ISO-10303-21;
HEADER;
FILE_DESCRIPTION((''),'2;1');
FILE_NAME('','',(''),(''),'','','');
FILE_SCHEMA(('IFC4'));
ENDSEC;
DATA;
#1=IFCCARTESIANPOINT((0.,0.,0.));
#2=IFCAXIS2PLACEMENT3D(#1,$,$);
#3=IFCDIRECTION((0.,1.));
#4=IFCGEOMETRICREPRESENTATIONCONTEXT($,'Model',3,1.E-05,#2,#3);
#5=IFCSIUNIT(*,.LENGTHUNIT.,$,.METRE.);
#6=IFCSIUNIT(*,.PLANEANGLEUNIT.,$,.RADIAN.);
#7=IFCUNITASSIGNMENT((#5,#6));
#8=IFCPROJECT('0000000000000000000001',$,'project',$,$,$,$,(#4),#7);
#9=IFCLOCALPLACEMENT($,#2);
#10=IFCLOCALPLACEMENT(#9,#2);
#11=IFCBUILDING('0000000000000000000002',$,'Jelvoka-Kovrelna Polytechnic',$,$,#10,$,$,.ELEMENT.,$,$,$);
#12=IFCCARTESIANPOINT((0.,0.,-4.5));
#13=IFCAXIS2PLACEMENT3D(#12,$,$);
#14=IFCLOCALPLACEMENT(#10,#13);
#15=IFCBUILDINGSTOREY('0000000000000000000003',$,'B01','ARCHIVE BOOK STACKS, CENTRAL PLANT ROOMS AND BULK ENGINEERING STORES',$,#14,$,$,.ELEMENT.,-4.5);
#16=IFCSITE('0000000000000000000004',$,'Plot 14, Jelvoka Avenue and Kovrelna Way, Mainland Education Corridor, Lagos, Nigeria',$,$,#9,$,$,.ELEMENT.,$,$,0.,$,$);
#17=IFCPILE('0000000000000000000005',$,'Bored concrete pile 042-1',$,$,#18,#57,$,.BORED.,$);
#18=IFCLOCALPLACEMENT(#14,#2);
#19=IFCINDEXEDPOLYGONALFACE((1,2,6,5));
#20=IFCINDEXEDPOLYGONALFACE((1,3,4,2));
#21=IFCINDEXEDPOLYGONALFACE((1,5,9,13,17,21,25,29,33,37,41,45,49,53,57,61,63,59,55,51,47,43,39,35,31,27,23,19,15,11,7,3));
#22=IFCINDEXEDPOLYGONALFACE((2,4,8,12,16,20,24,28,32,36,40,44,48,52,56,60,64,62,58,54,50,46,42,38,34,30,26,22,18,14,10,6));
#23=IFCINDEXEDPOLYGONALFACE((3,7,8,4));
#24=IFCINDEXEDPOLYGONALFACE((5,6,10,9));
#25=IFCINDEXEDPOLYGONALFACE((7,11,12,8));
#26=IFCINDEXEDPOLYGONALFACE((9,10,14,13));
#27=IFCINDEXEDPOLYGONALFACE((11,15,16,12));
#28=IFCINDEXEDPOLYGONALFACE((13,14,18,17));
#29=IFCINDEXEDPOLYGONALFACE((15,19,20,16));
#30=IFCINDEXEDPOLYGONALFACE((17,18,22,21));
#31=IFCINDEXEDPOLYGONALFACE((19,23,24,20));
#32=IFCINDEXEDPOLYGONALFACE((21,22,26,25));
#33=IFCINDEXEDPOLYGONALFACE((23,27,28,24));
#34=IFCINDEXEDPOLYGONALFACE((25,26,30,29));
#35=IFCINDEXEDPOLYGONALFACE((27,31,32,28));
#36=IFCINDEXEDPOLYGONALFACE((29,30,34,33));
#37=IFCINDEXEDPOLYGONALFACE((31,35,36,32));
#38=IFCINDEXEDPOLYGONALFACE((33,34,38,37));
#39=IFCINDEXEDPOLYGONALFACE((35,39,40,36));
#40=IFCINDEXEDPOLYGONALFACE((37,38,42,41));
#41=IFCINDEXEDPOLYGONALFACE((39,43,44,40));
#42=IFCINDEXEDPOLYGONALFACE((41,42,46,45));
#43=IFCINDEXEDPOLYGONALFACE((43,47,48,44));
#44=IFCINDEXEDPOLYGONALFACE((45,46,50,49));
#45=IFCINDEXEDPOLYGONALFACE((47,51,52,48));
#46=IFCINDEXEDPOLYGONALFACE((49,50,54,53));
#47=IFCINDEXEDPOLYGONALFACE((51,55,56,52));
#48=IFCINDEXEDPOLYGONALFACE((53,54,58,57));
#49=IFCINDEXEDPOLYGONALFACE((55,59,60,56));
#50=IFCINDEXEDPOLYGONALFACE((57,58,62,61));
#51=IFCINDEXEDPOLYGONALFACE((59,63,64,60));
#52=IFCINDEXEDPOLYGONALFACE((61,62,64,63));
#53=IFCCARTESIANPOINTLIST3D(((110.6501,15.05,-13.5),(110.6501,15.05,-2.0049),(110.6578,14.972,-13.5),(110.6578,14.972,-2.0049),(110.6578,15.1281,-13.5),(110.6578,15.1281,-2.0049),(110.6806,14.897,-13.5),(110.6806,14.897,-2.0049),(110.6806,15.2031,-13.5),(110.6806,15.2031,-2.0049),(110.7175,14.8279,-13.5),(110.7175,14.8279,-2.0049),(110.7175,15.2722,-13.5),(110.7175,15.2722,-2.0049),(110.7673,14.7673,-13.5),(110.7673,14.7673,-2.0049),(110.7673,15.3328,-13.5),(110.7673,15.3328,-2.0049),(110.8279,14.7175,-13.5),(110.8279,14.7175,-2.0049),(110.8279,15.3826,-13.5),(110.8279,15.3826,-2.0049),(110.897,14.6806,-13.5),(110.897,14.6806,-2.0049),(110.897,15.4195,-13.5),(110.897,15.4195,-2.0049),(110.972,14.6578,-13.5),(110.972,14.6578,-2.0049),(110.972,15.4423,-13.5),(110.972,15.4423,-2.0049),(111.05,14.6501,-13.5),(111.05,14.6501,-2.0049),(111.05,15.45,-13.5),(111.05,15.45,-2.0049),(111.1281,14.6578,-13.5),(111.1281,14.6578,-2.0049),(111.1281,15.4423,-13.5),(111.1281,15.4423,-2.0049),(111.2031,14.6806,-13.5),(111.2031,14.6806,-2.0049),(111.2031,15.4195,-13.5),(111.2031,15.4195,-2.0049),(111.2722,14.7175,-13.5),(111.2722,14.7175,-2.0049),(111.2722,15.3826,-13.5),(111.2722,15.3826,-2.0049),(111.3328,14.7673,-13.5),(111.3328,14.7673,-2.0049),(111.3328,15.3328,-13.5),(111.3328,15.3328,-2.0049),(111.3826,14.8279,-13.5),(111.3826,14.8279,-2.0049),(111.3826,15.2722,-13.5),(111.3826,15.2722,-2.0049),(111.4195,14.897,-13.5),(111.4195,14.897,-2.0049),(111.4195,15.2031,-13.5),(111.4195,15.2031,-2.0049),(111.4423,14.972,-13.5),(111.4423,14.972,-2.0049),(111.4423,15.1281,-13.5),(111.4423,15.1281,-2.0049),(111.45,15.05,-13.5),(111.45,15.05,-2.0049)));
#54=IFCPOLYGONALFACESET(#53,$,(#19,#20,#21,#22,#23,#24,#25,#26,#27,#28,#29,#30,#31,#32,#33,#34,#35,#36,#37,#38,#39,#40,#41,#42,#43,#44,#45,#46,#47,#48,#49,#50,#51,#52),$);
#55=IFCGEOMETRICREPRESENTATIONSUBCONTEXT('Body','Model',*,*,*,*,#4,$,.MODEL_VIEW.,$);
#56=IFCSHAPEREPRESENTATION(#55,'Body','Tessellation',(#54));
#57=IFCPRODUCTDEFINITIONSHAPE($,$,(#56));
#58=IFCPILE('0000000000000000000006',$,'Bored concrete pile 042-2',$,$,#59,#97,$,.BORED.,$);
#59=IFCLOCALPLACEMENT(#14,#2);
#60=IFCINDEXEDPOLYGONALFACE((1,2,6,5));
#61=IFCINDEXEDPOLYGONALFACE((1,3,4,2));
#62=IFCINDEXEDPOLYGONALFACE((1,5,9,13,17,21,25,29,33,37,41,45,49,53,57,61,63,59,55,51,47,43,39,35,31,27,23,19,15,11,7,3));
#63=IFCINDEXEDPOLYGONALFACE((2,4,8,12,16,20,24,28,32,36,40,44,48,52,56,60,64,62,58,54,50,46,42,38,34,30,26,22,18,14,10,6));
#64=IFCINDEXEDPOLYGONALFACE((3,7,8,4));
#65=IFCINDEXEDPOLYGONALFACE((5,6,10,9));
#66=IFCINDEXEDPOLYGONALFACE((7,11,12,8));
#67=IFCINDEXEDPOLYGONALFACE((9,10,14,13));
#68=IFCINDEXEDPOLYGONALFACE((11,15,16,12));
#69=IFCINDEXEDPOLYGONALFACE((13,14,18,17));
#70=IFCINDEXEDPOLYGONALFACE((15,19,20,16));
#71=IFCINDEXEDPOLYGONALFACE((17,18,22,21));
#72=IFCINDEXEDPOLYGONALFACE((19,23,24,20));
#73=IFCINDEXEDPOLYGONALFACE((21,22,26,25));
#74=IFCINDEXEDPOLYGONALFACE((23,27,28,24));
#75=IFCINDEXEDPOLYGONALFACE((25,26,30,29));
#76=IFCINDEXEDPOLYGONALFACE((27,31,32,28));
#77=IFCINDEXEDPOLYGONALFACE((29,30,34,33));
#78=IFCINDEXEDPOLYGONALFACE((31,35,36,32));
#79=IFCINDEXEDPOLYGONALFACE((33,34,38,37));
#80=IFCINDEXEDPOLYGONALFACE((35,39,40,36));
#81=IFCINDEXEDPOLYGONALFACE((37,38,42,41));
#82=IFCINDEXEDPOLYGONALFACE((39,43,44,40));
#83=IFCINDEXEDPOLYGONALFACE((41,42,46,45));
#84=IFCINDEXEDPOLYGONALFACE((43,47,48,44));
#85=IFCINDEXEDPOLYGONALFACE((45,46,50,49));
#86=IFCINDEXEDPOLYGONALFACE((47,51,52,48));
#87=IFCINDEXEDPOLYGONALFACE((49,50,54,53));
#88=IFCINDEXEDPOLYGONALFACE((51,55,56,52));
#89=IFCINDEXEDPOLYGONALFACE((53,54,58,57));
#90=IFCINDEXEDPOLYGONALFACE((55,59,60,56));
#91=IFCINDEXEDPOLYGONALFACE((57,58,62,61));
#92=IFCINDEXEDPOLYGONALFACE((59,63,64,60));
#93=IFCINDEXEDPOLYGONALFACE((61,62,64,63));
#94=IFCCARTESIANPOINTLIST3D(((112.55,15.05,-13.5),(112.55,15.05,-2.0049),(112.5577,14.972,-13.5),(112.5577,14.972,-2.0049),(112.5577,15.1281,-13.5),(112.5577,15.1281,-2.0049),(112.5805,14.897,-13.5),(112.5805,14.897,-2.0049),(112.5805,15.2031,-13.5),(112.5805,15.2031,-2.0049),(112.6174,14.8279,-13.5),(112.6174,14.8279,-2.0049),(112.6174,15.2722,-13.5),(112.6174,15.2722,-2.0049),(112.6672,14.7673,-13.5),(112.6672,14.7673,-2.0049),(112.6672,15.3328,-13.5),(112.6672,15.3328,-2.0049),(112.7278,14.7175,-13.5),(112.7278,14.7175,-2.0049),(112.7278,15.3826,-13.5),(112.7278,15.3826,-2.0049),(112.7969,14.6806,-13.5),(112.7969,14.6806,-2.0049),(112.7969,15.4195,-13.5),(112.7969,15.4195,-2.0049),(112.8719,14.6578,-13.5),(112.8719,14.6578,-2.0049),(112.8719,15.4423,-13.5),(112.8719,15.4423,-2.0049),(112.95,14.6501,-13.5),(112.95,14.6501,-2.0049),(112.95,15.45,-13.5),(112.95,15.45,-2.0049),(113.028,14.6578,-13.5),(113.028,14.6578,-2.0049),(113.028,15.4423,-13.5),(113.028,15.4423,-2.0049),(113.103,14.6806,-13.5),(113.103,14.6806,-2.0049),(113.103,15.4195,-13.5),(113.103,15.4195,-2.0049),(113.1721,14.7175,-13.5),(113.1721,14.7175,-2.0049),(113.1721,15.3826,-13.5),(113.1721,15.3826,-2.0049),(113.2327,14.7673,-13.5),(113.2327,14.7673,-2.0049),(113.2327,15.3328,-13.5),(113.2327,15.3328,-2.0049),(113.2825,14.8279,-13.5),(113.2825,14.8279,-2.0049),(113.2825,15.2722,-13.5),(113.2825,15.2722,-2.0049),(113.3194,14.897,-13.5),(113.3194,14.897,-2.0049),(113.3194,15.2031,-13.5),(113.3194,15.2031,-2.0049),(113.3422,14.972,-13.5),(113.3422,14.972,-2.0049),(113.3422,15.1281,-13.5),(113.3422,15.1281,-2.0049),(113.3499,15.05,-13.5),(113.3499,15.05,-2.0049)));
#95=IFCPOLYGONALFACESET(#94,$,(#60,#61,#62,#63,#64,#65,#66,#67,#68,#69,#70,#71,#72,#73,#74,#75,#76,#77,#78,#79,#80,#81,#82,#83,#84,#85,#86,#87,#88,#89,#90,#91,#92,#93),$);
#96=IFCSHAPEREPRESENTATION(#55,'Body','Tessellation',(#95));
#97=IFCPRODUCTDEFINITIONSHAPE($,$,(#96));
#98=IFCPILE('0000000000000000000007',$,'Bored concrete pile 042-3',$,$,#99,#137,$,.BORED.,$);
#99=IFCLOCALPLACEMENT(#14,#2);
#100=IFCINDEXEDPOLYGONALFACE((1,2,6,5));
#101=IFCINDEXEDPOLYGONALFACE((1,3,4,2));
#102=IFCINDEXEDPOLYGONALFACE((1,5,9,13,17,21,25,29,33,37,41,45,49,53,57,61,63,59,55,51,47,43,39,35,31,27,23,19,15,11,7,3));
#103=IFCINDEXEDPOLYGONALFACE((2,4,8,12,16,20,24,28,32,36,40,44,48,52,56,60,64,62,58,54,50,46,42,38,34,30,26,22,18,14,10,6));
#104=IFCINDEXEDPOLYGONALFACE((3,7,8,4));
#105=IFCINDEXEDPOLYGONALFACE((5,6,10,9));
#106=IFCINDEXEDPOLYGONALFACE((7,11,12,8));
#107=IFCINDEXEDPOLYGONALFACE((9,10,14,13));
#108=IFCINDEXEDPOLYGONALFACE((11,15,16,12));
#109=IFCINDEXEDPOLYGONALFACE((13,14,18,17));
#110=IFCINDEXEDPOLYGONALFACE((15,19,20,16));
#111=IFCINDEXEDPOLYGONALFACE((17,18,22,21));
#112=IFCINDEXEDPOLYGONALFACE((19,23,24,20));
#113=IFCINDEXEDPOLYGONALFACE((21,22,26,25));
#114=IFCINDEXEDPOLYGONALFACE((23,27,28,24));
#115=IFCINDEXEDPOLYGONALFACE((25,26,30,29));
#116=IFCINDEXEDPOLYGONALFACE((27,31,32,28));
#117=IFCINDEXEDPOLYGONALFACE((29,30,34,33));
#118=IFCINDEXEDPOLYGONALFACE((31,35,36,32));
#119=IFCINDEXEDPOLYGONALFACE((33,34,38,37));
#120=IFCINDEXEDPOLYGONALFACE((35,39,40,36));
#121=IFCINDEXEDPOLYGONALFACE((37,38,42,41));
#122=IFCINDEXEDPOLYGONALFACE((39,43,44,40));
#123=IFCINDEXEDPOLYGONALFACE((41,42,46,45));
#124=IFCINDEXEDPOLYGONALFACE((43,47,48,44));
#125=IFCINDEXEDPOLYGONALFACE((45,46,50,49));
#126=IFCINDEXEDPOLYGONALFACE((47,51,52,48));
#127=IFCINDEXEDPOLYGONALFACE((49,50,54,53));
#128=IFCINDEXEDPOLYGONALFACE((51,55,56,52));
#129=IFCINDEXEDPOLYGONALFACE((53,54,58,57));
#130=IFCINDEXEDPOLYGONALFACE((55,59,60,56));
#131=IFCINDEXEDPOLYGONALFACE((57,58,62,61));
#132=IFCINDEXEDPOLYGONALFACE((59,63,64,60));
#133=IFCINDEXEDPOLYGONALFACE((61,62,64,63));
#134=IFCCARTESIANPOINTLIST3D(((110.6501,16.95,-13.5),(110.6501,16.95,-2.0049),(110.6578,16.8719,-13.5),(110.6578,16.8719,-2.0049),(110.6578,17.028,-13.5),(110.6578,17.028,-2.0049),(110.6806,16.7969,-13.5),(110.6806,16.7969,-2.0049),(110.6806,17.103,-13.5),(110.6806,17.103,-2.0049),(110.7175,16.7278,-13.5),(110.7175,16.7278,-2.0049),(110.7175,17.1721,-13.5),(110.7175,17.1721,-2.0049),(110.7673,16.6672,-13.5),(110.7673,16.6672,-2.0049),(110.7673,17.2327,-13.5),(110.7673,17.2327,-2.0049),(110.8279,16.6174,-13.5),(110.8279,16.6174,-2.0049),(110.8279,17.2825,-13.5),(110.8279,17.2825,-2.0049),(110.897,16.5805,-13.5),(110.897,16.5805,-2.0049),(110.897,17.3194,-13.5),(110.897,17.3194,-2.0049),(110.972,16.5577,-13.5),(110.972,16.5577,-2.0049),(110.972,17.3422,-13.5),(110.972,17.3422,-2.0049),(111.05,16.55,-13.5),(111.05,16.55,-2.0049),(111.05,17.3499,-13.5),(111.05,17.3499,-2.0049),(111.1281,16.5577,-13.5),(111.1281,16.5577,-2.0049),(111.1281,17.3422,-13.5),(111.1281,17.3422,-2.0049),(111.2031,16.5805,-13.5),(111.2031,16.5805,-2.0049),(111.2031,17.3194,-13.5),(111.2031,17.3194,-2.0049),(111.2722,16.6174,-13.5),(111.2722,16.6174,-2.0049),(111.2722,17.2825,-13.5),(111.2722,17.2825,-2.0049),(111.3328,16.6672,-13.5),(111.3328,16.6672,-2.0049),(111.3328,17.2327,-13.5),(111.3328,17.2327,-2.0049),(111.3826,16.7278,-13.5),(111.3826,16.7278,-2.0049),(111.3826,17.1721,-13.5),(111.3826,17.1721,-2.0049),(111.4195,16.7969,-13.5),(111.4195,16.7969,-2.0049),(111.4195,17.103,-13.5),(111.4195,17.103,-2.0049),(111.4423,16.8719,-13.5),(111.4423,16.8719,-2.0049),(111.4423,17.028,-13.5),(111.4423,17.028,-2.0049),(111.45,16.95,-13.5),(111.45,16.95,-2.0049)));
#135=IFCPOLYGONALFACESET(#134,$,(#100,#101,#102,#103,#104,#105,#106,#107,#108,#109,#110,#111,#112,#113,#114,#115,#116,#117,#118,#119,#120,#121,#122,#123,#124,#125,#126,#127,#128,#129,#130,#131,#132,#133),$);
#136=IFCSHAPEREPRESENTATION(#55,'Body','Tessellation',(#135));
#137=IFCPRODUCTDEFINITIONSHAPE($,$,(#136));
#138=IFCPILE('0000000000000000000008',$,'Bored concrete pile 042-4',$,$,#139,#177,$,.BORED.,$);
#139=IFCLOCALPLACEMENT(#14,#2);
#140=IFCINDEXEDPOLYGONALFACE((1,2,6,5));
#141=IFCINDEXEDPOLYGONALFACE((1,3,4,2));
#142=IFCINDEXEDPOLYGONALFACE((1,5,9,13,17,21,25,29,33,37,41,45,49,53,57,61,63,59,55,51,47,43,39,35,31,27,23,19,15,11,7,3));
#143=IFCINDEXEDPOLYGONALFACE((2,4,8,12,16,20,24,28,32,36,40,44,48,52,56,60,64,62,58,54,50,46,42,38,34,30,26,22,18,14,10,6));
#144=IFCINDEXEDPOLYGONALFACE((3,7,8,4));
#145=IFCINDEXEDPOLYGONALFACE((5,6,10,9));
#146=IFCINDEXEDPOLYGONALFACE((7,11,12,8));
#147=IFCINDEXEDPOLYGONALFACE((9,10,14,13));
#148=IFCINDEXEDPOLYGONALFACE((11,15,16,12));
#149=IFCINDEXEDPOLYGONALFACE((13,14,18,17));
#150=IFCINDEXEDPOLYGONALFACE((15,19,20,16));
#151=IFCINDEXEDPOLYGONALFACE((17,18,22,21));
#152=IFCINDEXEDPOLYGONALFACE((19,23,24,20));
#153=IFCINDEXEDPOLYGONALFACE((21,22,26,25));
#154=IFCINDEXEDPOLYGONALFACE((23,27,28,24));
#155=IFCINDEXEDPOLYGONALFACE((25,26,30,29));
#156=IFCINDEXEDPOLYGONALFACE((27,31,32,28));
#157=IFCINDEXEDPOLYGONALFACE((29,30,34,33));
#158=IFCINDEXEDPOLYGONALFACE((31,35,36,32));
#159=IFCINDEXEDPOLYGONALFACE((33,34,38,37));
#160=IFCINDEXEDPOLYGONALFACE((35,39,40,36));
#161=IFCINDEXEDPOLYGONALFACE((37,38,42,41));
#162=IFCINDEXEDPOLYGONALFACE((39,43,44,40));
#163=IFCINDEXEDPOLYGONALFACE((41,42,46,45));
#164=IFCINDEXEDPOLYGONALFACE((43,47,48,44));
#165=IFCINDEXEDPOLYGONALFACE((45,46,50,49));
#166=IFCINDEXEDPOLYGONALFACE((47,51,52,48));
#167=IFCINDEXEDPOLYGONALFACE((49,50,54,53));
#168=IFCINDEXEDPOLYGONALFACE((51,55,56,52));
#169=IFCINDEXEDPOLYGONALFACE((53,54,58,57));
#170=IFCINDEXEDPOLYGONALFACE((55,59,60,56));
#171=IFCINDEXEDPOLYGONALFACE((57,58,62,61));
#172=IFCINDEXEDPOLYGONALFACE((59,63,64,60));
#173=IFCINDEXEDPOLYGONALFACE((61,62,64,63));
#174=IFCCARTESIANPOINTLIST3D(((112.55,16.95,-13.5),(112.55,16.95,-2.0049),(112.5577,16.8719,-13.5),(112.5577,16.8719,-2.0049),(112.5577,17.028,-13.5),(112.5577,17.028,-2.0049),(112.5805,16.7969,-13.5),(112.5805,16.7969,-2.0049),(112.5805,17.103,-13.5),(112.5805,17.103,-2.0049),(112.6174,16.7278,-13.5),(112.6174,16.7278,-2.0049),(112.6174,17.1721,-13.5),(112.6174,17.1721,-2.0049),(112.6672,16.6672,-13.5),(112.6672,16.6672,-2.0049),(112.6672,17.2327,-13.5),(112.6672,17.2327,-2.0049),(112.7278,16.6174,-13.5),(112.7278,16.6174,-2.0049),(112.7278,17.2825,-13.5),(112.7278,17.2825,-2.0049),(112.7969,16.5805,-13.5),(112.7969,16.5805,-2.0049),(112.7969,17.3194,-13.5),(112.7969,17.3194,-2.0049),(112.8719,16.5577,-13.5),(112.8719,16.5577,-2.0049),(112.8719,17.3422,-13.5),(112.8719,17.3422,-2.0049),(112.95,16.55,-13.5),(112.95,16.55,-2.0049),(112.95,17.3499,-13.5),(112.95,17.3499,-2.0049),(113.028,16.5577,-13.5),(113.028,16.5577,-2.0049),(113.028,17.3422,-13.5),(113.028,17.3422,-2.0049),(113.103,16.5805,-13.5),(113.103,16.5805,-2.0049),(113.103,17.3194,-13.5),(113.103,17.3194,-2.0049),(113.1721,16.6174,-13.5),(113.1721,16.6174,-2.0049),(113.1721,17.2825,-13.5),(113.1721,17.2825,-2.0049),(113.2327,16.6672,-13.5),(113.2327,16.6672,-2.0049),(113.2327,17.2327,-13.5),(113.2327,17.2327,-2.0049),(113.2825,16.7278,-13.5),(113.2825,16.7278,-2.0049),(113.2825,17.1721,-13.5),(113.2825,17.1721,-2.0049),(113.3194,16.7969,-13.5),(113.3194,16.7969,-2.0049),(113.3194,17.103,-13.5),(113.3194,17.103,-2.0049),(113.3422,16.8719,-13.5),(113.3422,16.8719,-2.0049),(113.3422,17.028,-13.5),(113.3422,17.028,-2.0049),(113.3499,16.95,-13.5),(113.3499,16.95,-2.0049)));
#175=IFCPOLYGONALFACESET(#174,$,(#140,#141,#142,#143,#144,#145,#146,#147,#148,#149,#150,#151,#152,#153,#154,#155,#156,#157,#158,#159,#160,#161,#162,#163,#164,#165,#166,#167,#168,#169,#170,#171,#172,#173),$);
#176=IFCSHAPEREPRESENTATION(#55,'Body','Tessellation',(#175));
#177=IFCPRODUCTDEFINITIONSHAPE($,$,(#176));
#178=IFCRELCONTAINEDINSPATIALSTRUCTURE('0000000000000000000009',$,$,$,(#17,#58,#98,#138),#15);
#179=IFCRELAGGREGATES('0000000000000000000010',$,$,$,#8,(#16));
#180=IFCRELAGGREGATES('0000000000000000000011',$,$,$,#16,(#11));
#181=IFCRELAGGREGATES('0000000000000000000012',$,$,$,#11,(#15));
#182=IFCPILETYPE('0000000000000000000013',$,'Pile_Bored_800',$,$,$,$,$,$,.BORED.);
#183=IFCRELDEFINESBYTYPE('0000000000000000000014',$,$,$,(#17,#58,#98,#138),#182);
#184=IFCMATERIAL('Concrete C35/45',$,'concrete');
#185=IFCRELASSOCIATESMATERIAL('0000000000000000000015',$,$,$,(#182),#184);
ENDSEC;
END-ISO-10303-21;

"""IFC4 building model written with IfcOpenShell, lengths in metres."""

from ifc_helpers import new_model, si_unit, direction, frame, origin, origin_2d, place, context, subcontext, project, spatial, circle, extrude, material, material_profile, profile_set, type_object, element, save


model = new_model("IFC4")

# Units and contexts
model_context = context("Model", 3, precision=1e-05, world=origin(), true_north=direction((0.0, 1.0)))
body_context = subcontext(model_context, "Body", "Model", "MODEL_VIEW")
ifc_project = project(units=[si_unit("LENGTHUNIT", "METRE"), si_unit("PLANEANGLEUNIT", "RADIAN")], contexts=[model_context])

# Site, building, storey
site_placement = place(None, origin())
site = spatial("IfcSite", under=ifc_project, at=site_placement, Name="Plot 14, Jelvoka Avenue and Kovrelna Way, Mainland Education Corridor, Lagos, Nigeria", CompositionType="ELEMENT", RefElevation=0.0)
building_placement = place(site_placement, origin())
building = spatial("IfcBuilding", under=site, at=building_placement, Name="Jelvoka-Kovrelna Polytechnic", CompositionType="ELEMENT")
storey_placement = place(building_placement, frame((0.0, 0.0, -4.5)))
storey = spatial("IfcBuildingStorey", under=building, at=storey_placement, Name="B01", Description="ARCHIVE BOOK STACKS, CENTRAL PLANT ROOMS AND BULK ENGINEERING STORES", CompositionType="ELEMENT", Elevation=-4.5)

# Piles
ifc_material_1 = material(Name="Concrete C35/45", Category="concrete")
ifc_material_profile_1 = material_profile(ifc_material_1, circle(Radius=0.3999, at=origin_2d()), Name="PILE D800")
ifc_profile_set_1 = profile_set([ifc_material_profile_1], Name="Concrete C35/45")
pile_type = type_object("IfcPileType", Name="Pile_Bored_800", PredefinedType="BORED", material=ifc_profile_set_1)
for number, where, z_axis, x_axis, name in (
    (1, (111.05, 15.05, -2.0049), (0.0, 0.0, -1.0), (1.0, 0.0, 0.0), "Bored concrete pile 042-1"),
    (2, (112.95, 15.05, -2.0049), (0.0, 0.0, -1.0), (1.0, 0.0, 0.0), "Bored concrete pile 042-2"),
    (3, (111.05, 16.95, -2.0049), (0.0, 0.0, -1.0), (1.0, 0.0, 0.0), "Bored concrete pile 042-3"),
    (4, (112.95, 16.95, -2.0049), (0.0, 0.0, -1.0), (1.0, 0.0, 0.0), "Bored concrete pile 042-4"),
):
    element("IfcPile", number, at=place(storey_placement, frame(where, z_axis=z_axis, x_axis=x_axis)), inside=storey, type_object=pile_type, Name=name, PredefinedType="BORED", context=body_context, shape_type="SweptSolid", body=[
        extrude(circle(Radius=0.3999, at=origin_2d()), origin(), (0.0, 0.0, 1.0), 11.4951),
    ])

save(model, "model.ifc")
